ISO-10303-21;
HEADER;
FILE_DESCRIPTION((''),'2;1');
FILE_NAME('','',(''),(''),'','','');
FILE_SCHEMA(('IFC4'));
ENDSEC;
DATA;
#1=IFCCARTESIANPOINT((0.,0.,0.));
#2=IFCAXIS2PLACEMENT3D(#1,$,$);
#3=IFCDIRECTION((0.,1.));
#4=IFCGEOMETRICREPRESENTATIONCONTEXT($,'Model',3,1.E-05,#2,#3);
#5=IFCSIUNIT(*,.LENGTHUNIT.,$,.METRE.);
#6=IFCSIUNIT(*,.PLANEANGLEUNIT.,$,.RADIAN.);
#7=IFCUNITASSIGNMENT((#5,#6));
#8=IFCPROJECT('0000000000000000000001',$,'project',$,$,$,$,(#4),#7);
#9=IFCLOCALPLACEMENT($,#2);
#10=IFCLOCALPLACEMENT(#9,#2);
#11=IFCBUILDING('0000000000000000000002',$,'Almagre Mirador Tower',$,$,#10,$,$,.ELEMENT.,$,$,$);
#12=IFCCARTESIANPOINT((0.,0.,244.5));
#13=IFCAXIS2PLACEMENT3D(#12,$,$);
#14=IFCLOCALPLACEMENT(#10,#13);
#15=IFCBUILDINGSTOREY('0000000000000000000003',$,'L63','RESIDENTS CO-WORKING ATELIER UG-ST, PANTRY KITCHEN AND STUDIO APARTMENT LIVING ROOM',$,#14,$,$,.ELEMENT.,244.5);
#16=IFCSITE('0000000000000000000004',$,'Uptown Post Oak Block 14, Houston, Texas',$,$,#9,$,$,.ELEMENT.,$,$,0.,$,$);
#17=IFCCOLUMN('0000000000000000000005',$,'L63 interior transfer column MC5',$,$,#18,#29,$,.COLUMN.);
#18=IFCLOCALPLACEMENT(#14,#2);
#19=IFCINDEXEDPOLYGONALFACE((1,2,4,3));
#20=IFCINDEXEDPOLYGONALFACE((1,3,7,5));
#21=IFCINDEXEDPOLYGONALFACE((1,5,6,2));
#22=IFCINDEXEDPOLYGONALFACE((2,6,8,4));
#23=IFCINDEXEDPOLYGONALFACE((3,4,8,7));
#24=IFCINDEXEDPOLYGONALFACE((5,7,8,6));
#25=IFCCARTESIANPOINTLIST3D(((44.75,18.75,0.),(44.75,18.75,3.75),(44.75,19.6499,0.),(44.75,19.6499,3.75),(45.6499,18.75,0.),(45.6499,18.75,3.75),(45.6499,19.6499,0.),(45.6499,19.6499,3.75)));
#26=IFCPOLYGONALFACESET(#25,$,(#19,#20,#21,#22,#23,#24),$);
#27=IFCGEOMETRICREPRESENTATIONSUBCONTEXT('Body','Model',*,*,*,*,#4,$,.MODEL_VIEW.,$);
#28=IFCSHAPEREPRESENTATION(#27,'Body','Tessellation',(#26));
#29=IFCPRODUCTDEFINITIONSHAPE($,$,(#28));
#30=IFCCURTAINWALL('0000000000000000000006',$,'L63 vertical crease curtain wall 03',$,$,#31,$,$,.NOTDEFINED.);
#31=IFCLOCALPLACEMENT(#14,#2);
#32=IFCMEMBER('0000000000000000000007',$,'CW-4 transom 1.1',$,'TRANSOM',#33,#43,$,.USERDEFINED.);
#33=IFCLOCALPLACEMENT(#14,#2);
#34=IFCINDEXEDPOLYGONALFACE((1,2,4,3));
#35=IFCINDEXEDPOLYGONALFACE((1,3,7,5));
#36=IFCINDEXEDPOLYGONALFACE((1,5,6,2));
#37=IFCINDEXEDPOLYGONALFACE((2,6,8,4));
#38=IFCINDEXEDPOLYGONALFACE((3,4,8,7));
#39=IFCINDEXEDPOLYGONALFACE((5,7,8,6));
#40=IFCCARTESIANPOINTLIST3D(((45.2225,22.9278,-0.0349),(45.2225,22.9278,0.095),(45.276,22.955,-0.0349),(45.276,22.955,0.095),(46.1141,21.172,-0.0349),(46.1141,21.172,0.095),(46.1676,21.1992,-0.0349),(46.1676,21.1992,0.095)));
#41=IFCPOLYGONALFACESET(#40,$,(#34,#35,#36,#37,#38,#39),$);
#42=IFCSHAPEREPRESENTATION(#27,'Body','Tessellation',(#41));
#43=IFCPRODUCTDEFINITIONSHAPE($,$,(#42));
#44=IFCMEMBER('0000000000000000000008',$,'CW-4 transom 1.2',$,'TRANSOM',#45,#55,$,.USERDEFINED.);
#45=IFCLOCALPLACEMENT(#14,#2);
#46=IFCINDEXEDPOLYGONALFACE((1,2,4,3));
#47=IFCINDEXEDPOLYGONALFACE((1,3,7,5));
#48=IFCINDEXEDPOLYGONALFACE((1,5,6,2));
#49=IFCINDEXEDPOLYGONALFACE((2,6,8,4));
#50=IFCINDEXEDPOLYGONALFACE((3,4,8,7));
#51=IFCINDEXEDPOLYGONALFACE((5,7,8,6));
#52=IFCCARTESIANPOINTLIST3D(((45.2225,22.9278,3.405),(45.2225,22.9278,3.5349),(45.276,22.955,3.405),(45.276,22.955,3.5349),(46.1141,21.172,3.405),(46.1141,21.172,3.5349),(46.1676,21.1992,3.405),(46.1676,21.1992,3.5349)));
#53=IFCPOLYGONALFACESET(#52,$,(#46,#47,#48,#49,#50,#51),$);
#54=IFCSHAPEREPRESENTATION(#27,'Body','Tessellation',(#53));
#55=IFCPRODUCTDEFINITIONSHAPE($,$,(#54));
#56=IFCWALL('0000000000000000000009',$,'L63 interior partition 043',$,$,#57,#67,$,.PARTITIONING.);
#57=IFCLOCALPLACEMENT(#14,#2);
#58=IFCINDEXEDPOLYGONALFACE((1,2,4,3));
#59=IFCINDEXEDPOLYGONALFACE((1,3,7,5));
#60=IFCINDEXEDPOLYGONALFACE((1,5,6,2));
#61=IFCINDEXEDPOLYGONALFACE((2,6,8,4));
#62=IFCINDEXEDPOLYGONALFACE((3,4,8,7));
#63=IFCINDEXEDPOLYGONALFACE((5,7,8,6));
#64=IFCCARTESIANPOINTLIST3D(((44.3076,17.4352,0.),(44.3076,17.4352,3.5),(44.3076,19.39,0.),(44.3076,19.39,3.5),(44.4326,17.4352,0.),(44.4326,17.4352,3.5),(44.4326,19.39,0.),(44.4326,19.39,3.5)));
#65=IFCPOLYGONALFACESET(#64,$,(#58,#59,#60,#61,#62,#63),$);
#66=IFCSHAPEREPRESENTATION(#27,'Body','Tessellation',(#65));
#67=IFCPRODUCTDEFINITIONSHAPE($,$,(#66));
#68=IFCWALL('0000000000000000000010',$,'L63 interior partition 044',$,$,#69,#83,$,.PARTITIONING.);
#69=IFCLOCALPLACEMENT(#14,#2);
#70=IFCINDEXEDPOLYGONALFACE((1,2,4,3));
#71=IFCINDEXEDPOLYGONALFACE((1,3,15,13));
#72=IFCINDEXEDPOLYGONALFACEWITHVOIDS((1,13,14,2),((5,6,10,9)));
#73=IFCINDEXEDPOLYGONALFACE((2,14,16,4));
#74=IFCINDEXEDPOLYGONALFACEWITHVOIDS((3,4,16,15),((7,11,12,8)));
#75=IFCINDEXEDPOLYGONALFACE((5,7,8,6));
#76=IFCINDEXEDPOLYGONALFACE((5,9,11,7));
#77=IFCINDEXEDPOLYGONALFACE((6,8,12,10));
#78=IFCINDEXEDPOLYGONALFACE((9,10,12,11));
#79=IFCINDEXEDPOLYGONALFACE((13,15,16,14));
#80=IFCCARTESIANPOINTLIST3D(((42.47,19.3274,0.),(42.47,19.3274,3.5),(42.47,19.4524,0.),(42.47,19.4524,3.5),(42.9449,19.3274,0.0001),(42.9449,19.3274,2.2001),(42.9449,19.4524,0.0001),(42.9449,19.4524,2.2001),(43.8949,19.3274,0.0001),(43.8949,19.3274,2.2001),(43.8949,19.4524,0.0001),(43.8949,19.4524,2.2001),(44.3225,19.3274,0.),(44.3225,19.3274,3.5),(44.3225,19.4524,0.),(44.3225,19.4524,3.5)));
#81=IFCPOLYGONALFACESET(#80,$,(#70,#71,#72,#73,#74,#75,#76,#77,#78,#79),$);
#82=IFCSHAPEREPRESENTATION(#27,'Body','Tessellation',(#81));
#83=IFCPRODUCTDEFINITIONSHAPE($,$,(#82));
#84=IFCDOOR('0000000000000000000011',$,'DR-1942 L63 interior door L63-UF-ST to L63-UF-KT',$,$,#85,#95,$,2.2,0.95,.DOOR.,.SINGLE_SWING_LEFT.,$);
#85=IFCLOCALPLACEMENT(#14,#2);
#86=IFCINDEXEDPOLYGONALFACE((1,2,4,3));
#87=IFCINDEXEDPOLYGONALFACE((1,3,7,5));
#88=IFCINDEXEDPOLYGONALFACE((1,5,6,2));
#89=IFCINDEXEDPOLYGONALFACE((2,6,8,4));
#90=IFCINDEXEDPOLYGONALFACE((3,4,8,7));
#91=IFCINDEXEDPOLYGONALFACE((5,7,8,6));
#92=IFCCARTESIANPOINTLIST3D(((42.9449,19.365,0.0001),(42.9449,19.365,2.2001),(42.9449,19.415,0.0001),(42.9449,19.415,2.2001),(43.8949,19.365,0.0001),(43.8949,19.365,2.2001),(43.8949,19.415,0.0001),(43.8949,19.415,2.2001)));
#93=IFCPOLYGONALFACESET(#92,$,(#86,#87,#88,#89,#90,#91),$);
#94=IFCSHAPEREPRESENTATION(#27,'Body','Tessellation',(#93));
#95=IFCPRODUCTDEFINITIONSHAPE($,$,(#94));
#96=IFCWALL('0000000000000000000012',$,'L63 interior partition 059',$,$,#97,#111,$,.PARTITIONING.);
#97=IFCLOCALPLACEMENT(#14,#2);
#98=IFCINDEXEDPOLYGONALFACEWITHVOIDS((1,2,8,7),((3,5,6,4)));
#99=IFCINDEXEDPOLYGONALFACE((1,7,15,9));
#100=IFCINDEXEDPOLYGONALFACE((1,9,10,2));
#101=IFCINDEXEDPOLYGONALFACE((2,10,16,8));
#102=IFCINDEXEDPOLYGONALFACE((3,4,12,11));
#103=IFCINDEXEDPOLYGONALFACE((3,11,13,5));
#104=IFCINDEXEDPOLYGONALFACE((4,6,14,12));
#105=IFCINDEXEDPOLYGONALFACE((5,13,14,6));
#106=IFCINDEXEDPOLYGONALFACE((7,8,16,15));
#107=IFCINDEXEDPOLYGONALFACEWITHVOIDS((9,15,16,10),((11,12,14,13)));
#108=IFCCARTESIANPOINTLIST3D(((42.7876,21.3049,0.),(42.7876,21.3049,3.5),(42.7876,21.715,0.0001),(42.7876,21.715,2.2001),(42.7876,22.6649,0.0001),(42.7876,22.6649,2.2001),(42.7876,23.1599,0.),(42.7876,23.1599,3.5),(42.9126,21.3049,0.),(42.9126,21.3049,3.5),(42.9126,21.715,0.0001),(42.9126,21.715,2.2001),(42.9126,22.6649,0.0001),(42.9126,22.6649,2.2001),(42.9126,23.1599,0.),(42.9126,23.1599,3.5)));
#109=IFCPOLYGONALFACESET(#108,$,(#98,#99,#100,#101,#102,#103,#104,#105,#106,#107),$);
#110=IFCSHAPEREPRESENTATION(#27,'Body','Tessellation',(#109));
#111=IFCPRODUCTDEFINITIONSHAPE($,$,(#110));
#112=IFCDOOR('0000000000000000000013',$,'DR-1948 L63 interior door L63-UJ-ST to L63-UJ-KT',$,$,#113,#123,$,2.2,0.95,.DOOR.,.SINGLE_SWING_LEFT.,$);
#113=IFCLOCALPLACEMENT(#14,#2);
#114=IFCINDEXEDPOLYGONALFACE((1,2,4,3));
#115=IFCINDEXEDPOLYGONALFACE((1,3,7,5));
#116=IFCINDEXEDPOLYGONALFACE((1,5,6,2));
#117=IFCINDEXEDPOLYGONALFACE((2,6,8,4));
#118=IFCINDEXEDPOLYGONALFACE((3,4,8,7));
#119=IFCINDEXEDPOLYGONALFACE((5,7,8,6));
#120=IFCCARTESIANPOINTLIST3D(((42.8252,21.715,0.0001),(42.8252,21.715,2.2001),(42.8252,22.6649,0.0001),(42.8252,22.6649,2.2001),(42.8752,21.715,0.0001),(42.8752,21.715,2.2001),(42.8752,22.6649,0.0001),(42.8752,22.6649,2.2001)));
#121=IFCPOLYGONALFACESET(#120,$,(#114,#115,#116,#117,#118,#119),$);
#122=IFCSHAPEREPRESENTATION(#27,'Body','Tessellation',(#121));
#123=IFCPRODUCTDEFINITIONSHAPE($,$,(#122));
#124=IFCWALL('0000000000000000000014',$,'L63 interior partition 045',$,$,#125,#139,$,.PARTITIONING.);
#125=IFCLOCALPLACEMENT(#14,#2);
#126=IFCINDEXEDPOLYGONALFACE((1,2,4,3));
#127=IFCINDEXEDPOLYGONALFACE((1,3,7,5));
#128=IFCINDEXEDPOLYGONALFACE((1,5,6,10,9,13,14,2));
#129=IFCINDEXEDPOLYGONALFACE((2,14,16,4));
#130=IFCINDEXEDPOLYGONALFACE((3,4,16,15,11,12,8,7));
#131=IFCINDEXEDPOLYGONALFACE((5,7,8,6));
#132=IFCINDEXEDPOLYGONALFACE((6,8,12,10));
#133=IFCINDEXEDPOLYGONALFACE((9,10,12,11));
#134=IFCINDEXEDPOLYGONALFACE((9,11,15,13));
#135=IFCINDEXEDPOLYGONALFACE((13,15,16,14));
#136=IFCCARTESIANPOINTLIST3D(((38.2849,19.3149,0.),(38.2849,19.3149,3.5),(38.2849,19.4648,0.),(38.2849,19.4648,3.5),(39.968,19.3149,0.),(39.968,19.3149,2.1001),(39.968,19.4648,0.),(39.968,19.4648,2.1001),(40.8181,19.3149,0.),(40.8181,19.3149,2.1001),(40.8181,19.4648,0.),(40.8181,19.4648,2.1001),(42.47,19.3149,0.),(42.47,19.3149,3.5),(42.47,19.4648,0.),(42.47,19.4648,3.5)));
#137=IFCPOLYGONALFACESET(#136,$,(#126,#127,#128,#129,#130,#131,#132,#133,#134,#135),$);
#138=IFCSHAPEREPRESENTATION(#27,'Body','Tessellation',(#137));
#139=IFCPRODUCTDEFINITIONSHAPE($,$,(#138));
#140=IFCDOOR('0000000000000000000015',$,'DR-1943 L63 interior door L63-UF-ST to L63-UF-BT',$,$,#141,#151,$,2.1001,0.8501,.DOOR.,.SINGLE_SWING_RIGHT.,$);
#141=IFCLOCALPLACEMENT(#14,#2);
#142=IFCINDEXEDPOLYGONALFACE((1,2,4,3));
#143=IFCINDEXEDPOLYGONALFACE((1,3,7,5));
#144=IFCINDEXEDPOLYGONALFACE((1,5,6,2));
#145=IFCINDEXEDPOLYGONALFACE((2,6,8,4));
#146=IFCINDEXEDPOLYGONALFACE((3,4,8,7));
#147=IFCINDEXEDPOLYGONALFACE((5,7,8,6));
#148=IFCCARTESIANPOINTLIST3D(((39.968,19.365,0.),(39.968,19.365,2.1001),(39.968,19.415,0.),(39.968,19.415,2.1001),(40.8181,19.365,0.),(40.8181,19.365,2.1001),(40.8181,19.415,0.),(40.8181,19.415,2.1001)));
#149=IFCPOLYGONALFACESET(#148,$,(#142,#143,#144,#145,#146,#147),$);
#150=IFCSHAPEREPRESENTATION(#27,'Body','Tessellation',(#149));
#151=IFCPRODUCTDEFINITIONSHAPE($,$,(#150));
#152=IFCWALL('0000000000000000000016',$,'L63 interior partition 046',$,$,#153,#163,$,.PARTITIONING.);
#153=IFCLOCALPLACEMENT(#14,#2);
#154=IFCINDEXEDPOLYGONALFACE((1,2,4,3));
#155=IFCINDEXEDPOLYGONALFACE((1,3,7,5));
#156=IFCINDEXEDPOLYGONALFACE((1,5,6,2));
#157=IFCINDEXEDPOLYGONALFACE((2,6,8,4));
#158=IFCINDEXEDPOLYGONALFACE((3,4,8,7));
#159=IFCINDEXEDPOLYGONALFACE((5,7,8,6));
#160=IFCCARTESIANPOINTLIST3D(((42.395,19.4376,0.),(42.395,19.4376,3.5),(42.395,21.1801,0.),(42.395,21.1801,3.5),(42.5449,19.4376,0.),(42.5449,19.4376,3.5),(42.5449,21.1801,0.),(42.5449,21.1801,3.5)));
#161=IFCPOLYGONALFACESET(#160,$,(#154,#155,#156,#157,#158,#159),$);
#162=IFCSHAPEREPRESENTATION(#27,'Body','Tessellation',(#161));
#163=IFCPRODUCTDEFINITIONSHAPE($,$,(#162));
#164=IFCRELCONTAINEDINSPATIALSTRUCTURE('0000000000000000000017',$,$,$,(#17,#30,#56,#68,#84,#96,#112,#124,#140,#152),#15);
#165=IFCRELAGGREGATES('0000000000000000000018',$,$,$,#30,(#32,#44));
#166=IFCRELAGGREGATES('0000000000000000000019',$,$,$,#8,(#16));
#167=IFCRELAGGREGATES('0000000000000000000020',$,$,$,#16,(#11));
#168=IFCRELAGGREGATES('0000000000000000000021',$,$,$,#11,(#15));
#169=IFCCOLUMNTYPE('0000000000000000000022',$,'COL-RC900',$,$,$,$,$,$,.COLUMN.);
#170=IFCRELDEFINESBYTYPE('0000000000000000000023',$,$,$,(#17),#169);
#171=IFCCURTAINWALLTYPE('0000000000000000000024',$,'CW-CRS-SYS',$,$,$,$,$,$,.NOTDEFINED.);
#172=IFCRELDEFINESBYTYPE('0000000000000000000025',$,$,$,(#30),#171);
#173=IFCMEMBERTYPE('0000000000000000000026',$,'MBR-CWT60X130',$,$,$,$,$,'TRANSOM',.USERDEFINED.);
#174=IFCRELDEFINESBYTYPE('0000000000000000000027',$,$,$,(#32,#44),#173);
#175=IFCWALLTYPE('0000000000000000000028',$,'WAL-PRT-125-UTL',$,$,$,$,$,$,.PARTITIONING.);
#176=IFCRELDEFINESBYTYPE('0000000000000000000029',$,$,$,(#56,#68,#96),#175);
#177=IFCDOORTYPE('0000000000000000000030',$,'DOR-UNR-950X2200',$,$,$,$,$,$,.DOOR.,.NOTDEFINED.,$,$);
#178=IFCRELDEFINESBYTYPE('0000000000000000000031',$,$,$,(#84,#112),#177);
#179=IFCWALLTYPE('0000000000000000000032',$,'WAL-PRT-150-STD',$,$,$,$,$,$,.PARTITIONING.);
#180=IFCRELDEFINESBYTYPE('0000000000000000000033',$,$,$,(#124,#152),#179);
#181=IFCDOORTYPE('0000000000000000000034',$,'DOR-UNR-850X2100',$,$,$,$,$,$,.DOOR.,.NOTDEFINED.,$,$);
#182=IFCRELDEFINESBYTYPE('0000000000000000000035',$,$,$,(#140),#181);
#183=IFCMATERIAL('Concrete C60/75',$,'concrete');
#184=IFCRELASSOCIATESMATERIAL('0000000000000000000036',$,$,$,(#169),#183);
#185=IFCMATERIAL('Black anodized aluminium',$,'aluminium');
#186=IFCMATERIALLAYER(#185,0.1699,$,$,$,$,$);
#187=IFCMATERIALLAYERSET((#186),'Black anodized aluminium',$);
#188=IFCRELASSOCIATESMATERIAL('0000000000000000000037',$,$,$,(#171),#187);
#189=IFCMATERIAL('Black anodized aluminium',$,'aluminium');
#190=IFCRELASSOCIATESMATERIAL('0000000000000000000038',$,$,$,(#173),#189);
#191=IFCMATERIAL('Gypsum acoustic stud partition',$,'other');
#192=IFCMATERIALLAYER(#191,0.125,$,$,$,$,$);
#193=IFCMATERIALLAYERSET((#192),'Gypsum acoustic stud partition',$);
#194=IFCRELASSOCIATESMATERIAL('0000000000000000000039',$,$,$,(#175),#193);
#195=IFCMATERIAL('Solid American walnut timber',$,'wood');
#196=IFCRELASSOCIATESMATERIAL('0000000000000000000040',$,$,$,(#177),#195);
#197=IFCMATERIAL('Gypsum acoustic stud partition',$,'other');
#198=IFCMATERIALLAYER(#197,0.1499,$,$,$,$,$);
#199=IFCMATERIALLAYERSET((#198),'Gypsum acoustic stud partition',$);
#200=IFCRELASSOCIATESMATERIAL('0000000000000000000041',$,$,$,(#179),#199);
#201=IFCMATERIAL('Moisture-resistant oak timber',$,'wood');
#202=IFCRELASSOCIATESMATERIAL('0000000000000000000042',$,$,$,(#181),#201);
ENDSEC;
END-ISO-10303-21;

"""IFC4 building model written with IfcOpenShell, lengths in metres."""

from ifc_helpers import new_model, si_unit, direction, frame, frame_2d, origin, origin_2d, place, context, subcontext, project, spatial, rectangle, extrude, material, layer, layer_set, material_profile, profile_set, type_object, element, fill, aggregate, save


model = new_model("IFC4")

# Units and contexts
model_context = context("Model", 3, precision=1e-05, world=origin(), true_north=direction((0.0, 1.0)))
body_context = subcontext(model_context, "Body", "Model", "MODEL_VIEW")
ifc_project = project(units=[si_unit("LENGTHUNIT", "METRE"), si_unit("PLANEANGLEUNIT", "RADIAN")], contexts=[model_context])

# Site, building, storey
site_placement = place(None, origin())
site = spatial("IfcSite", under=ifc_project, at=site_placement, Name="Uptown Post Oak Block 14, Houston, Texas", CompositionType="ELEMENT", RefElevation=0.0)
building_placement = place(site_placement, origin())
building = spatial("IfcBuilding", under=site, at=building_placement, Name="Almagre Mirador Tower", CompositionType="ELEMENT")
storey_placement = place(building_placement, frame((0.0, 0.0, 244.5)))
storey = spatial("IfcBuildingStorey", under=building, at=storey_placement, Name="L63", Description="RESIDENTS CO-WORKING ATELIER UG-ST, PANTRY KITCHEN AND STUDIO APARTMENT LIVING ROOM", CompositionType="ELEMENT", Elevation=244.5)

# Column
ifc_material_1 = material(Name="Concrete C60/75", Category="concrete")
ifc_material_profile_1 = material_profile(ifc_material_1, rectangle(XDim=0.8999, YDim=0.8999, at=origin_2d()), Name="RC900X900")
ifc_profile_set_1 = profile_set([ifc_material_profile_1], Name="Concrete C60/75")
column_type = type_object("IfcColumnType", Name="COL-RC900", PredefinedType="COLUMN", material=ifc_profile_set_1)
column_placement = place(storey_placement, frame((45.2, 19.2, 0.0), z_axis=(0.0, 0.0, 1.0), x_axis=(1.0, 0.0, 0.0)))
element("IfcColumn", 1, at=column_placement, inside=storey, type_object=column_type, Name="L63 interior transfer column MC5", PredefinedType="COLUMN", context=body_context, shape_type="SweptSolid", body=[
    extrude(rectangle(XDim=0.8999, YDim=0.8999, at=origin_2d()), origin(), (0.0, 0.0, 1.0), 3.75),
])

# Curtain wall, members
ifc_material_2 = material(Name="Black anodized aluminium", Category="aluminium")
ifc_layer_1 = layer(ifc_material_2, 0.1699)
ifc_layer_set_1 = layer_set([ifc_layer_1], Name="Black anodized aluminium")
curtain_wall_type = type_object("IfcCurtainWallType", Name="CW-CRS-SYS", PredefinedType="NOTDEFINED", material=ifc_layer_set_1)
curtain_wall_placement = place(storey_placement, origin())
curtain_wall = element("IfcCurtainWall", 2, at=curtain_wall_placement, inside=storey, type_object=curtain_wall_type, Name="L63 vertical crease curtain wall 03", PredefinedType="NOTDEFINED")
ifc_material_3 = material(Name="Black anodized aluminium", Category="aluminium")
ifc_material_profile_2 = material_profile(ifc_material_3, rectangle(XDim=0.0601, YDim=0.1299, at=origin_2d()), Name="CWT60X130")
ifc_profile_set_2 = profile_set([ifc_material_profile_2], Name="Black anodized aluminium")
member_type = type_object("IfcMemberType", Name="MBR-CWT60X130", ElementType="TRANSOM", PredefinedType="USERDEFINED", material=ifc_profile_set_2)
member_1_placement = place(storey_placement, frame((45.2493, 22.9414, 0.03), z_axis=(0.452759, -0.891633, 0.0), x_axis=(0.891633, 0.452759, 0.0)))
member_1 = element("IfcMember", 3, at=member_1_placement, type_object=member_type, Name="CW-4 transom 1.1", ObjectType="TRANSOM", PredefinedType="USERDEFINED", context=body_context, shape_type="SweptSolid", body=[
    extrude(rectangle(XDim=0.0601, YDim=0.1299, at=origin_2d()), origin(), (0.0, 0.0, 1.0), 1.9692),
])
member_2_placement = place(storey_placement, frame((45.2493, 22.9414, 3.47), z_axis=(0.452759, -0.891633, 0.0), x_axis=(0.891633, 0.452759, 0.0)))
member_2 = element("IfcMember", 4, at=member_2_placement, type_object=member_type, Name="CW-4 transom 1.2", ObjectType="TRANSOM", PredefinedType="USERDEFINED", context=body_context, shape_type="SweptSolid", body=[
    extrude(rectangle(XDim=0.0601, YDim=0.1299, at=origin_2d()), origin(), (0.0, 0.0, 1.0), 1.9692),
])
aggregate(curtain_wall, [member_1, member_2])

# Wall
ifc_material_4 = material(Name="Gypsum acoustic stud partition", Category="other")
ifc_layer_2 = layer(ifc_material_4, 0.125)
ifc_layer_set_2 = layer_set([ifc_layer_2], Name="Gypsum acoustic stud partition")
wall_type_1 = type_object("IfcWallType", Name="WAL-PRT-125-UTL", PredefinedType="PARTITIONING", material=ifc_layer_set_2)
wall_1_placement = place(storey_placement, frame((44.3701, 17.4351, 0.0), z_axis=(0.0, 0.0, 1.0), x_axis=(0.0, 1.0, 0.0)))
element("IfcWall", 5, at=wall_1_placement, inside=storey, type_object=wall_type_1, Name="L63 interior partition 043", PredefinedType="PARTITIONING", context=body_context, shape_type="SweptSolid", body=[
    extrude(rectangle(XDim=1.9548, YDim=0.125, at=frame_2d((0.9775, 0.0))), origin(), (0.0, 0.0, 1.0), 3.5),
])

# Walls, openings, doors
wall_2_placement = place(storey_placement, frame((44.3225, 19.3899, 0.0), z_axis=(0.0, 0.0, 1.0), x_axis=(-1.0, 0.0, 0.0)))
wall_2 = element("IfcWall", 6, at=wall_2_placement, inside=storey, type_object=wall_type_1, Name="L63 interior partition 044", PredefinedType="PARTITIONING", context=body_context, shape_type="SweptSolid", body=[
    extrude(rectangle(XDim=1.8525, YDim=0.125, at=frame_2d((0.9263, 0.0))), origin(), (0.0, 0.0, 1.0), 3.5),
])
opening_1_placement = place(wall_2_placement, frame((0.4275, 0.0, 0.0)))
opening_1 = element("IfcOpeningElement", 7, at=opening_1_placement, cuts=wall_2, PredefinedType="OPENING", context=body_context, shape_type="SweptSolid", body=[
    extrude(rectangle(XDim=0.95, YDim=2.2, at=frame_2d((0.4751, 1.1001))), frame((0.0, 0.0725, 0.0), z_axis=(0.0, -1.0, 0.0), x_axis=(1.0, 0.0, 0.0)), (0.0, 0.0, 1.0), 0.145),
])
ifc_material_5 = material(Name="Solid American walnut timber", Category="wood")
door_type_1 = type_object("IfcDoorType", Name="DOR-UNR-950X2200", OperationType="NOTDEFINED", PredefinedType="DOOR", material=ifc_material_5)
door_1_placement = place(opening_1_placement, origin())
door_1 = element("IfcDoor", 8, at=door_1_placement, inside=storey, type_object=door_type_1, Name="DR-1942 L63 interior door L63-UF-ST to L63-UF-KT", OperationType="SINGLE_SWING_LEFT", OverallHeight=2.2, OverallWidth=0.95, PredefinedType="DOOR", context=body_context, shape_type="SweptSolid", body=[
    extrude(rectangle(XDim=0.95, YDim=2.2, at=frame_2d((0.4751, 1.1001))), frame((0.0, 0.0249, 0.0), z_axis=(0.0, -1.0, 0.0), x_axis=(1.0, 0.0, 0.0)), (0.0, 0.0, 1.0), 0.05),
])
fill(opening_1, door_1)
wall_3_placement = place(storey_placement, frame((42.8501, 21.3049, 0.0), z_axis=(0.0, 0.0, 1.0), x_axis=(0.0, 1.0, 0.0)))
wall_3 = element("IfcWall", 9, at=wall_3_placement, inside=storey, type_object=wall_type_1, Name="L63 interior partition 059", PredefinedType="PARTITIONING", context=body_context, shape_type="SweptSolid", body=[
    extrude(rectangle(XDim=1.855, YDim=0.125, at=frame_2d((0.9275, 0.0))), origin(), (0.0, 0.0, 1.0), 3.5),
])
opening_2_placement = place(wall_3_placement, frame((0.4099, 0.0, 0.0)))
opening_2 = element("IfcOpeningElement", 10, at=opening_2_placement, cuts=wall_3, PredefinedType="OPENING", context=body_context, shape_type="SweptSolid", body=[
    extrude(rectangle(XDim=0.95, YDim=2.2, at=frame_2d((0.4751, 1.1001))), frame((0.0, 0.0725, 0.0), z_axis=(0.0, -1.0, 0.0), x_axis=(1.0, 0.0, 0.0)), (0.0, 0.0, 1.0), 0.145),
])
door_2_placement = place(opening_2_placement, origin())
door_2 = element("IfcDoor", 11, at=door_2_placement, inside=storey, type_object=door_type_1, Name="DR-1948 L63 interior door L63-UJ-ST to L63-UJ-KT", OperationType="SINGLE_SWING_LEFT", OverallHeight=2.2, OverallWidth=0.95, PredefinedType="DOOR", context=body_context, shape_type="SweptSolid", body=[
    extrude(rectangle(XDim=0.95, YDim=2.2, at=frame_2d((0.4751, 1.1001))), frame((0.0, 0.0249, 0.0), z_axis=(0.0, -1.0, 0.0), x_axis=(1.0, 0.0, 0.0)), (0.0, 0.0, 1.0), 0.05),
])
fill(opening_2, door_2)
ifc_material_6 = material(Name="Gypsum acoustic stud partition", Category="other")
ifc_layer_3 = layer(ifc_material_6, 0.1499)
ifc_layer_set_3 = layer_set([ifc_layer_3], Name="Gypsum acoustic stud partition")
wall_type_2 = type_object("IfcWallType", Name="WAL-PRT-150-STD", PredefinedType="PARTITIONING", material=ifc_layer_set_3)
wall_4_placement = place(storey_placement, frame((42.47, 19.3899, 0.0), z_axis=(0.0, 0.0, 1.0), x_axis=(-1.0, 0.0, 0.0)))
wall_4 = element("IfcWall", 12, at=wall_4_placement, inside=storey, type_object=wall_type_2, Name="L63 interior partition 045", PredefinedType="PARTITIONING", context=body_context, shape_type="SweptSolid", body=[
    extrude(rectangle(XDim=4.1851, YDim=0.1499, at=frame_2d((2.0925, 0.0))), origin(), (0.0, 0.0, 1.0), 3.5),
])
opening_3_placement = place(wall_4_placement, frame((1.6519, 0.0, 0.0)))
opening_3 = element("IfcOpeningElement", 13, at=opening_3_placement, cuts=wall_4, PredefinedType="OPENING", context=body_context, shape_type="SweptSolid", body=[
    extrude(rectangle(XDim=0.8501, YDim=2.1001, at=frame_2d((0.425, 1.05))), frame((0.0, 0.085, 0.0), z_axis=(0.0, -1.0, 0.0), x_axis=(1.0, 0.0, 0.0)), (0.0, 0.0, 1.0), 0.1699),
])
ifc_material_7 = material(Name="Moisture-resistant oak timber", Category="wood")
door_type_2 = type_object("IfcDoorType", Name="DOR-UNR-850X2100", OperationType="NOTDEFINED", PredefinedType="DOOR", material=ifc_material_7)
door_3_placement = place(opening_3_placement, origin())
door_3 = element("IfcDoor", 14, at=door_3_placement, inside=storey, type_object=door_type_2, Name="DR-1943 L63 interior door L63-UF-ST to L63-UF-BT", OperationType="SINGLE_SWING_RIGHT", OverallHeight=2.1001, OverallWidth=0.8501, PredefinedType="DOOR", context=body_context, shape_type="SweptSolid", body=[
    extrude(rectangle(XDim=0.8501, YDim=2.1001, at=frame_2d((0.425, 1.05))), frame((0.0, 0.0249, 0.0), z_axis=(0.0, -1.0, 0.0), x_axis=(1.0, 0.0, 0.0)), (0.0, 0.0, 1.0), 0.05),
])
fill(opening_3, door_3)

# Wall
wall_5_placement = place(storey_placement, frame((42.47, 21.1799, 0.0), z_axis=(0.0, 0.0, 1.0), x_axis=(0.0, -1.0, 0.0)))
element("IfcWall", 15, at=wall_5_placement, inside=storey, type_object=wall_type_2, Name="L63 interior partition 046", PredefinedType="PARTITIONING", context=body_context, shape_type="SweptSolid", body=[
    extrude(rectangle(XDim=1.7424, YDim=0.1499, at=frame_2d((0.8711, 0.0))), origin(), (0.0, 0.0, 1.0), 3.5),
])

save(model, "model.ifc")
